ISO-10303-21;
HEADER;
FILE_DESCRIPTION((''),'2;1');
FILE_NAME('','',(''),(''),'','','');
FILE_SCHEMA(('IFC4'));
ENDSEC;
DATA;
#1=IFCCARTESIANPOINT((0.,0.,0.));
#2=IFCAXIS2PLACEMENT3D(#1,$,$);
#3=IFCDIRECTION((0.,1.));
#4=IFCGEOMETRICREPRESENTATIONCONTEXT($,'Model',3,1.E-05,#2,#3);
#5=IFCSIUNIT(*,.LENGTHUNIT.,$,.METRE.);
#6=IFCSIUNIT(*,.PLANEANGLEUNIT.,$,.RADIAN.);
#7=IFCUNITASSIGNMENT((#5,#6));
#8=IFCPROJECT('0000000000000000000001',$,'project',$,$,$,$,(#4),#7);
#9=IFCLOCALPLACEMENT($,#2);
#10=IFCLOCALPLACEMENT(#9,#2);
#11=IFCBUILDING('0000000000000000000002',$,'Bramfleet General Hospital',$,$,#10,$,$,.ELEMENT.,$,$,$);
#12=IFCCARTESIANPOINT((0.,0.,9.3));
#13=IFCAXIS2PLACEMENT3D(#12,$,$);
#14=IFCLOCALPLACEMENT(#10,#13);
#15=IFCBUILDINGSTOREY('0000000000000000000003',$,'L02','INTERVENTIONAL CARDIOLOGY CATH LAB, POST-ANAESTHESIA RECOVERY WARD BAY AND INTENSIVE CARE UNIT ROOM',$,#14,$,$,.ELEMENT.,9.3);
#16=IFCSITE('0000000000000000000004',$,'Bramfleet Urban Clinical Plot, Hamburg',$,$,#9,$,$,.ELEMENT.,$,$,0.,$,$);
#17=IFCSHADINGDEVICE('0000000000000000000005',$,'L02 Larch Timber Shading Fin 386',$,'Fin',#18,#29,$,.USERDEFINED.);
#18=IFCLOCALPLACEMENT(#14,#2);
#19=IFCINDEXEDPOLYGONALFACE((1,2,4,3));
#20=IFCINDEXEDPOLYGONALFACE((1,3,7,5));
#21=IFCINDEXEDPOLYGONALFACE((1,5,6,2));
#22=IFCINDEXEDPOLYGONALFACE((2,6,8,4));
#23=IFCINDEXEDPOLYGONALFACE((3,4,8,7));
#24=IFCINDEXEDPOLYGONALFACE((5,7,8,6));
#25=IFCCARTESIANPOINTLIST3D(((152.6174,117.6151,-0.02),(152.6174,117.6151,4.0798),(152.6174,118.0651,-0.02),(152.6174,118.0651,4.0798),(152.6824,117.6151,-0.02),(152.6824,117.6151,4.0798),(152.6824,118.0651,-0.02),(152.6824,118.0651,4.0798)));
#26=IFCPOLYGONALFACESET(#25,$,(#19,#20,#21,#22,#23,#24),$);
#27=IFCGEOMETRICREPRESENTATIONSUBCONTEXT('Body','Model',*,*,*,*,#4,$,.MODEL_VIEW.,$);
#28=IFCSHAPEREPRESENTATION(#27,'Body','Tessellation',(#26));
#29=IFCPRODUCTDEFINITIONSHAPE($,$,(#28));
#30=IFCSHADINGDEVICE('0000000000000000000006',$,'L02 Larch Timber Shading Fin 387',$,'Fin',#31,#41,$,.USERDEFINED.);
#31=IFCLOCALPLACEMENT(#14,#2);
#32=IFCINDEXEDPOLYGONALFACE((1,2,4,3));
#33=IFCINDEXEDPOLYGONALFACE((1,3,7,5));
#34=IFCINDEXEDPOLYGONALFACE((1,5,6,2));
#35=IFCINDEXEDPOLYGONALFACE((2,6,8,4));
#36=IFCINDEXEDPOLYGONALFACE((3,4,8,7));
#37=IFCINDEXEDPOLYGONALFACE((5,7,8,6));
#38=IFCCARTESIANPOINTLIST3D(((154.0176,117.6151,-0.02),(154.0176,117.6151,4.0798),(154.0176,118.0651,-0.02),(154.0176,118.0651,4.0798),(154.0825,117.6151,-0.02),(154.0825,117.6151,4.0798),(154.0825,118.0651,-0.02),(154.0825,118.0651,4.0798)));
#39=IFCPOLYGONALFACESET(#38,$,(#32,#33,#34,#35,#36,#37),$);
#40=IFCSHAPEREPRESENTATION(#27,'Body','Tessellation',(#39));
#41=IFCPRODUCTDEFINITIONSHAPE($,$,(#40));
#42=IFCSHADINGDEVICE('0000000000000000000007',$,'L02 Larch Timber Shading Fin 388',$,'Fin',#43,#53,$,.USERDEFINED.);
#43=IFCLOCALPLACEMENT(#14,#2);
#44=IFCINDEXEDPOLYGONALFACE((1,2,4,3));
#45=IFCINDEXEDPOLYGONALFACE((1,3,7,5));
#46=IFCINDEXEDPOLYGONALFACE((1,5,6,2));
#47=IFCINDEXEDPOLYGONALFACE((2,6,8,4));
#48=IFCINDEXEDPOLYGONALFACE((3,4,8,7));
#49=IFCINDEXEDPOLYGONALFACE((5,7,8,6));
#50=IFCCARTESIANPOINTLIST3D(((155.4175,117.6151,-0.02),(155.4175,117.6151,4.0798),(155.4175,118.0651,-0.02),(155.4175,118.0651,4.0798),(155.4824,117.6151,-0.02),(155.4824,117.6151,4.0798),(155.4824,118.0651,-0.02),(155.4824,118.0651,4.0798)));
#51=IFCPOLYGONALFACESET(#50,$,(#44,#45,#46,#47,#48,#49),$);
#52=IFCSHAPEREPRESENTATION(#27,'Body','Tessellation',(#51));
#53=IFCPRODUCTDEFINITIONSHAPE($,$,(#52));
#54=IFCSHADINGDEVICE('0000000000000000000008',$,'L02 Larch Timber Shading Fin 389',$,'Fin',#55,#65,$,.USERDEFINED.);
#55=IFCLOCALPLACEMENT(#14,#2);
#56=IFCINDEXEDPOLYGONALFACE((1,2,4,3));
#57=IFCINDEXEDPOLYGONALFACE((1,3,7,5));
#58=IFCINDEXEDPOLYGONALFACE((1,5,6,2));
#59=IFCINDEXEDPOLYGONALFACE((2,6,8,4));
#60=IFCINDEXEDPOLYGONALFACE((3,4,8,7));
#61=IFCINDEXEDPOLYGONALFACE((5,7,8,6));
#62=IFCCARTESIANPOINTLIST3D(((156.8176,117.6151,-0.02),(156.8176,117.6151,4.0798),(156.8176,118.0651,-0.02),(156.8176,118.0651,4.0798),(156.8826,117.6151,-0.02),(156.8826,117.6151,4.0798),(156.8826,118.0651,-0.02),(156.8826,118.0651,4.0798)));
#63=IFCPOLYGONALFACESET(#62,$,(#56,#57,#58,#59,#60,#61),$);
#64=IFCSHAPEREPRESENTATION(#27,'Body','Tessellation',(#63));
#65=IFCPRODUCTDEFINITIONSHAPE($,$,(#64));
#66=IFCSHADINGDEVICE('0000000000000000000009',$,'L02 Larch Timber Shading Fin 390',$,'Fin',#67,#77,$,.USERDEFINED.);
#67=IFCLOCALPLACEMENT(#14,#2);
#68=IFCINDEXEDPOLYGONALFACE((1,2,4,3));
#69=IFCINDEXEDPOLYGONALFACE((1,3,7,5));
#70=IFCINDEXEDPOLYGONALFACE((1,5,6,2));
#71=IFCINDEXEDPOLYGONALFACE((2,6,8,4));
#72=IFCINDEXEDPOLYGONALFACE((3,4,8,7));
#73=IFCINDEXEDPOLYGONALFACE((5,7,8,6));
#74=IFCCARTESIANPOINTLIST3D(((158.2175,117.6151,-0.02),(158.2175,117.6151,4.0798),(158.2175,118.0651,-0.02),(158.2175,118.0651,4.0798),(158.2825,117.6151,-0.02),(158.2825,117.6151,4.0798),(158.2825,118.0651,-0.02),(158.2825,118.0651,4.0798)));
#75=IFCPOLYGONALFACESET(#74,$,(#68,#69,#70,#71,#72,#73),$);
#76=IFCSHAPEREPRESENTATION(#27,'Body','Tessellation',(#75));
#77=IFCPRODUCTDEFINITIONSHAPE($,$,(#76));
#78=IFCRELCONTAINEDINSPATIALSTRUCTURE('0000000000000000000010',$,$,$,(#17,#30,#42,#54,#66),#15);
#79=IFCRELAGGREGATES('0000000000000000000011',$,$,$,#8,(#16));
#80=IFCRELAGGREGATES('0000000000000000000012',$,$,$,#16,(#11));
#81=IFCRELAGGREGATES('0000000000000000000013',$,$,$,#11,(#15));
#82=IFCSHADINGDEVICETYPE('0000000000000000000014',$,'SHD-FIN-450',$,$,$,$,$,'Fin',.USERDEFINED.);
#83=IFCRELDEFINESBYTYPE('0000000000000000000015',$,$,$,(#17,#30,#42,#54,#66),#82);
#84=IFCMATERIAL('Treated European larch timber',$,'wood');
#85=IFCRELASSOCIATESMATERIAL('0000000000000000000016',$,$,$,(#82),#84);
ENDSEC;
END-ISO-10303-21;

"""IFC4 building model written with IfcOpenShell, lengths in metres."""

from ifc_helpers import new_model, si_unit, direction, frame, origin, origin_2d, place, context, subcontext, project, spatial, rectangle, extrude, material, material_profile, profile_set, type_object, element, save


model = new_model("IFC4")

# Units and contexts
model_context = context("Model", 3, precision=1e-05, world=origin(), true_north=direction((0.0, 1.0)))
body_context = subcontext(model_context, "Body", "Model", "MODEL_VIEW")
ifc_project = project(units=[si_unit("LENGTHUNIT", "METRE"), si_unit("PLANEANGLEUNIT", "RADIAN")], contexts=[model_context])

# Site, building, storey
site_placement = place(None, origin())
site = spatial("IfcSite", under=ifc_project, at=site_placement, Name="Bramfleet Urban Clinical Plot, Hamburg", CompositionType="ELEMENT", RefElevation=0.0)
building_placement = place(site_placement, origin())
building = spatial("IfcBuilding", under=site, at=building_placement, Name="Bramfleet General Hospital", CompositionType="ELEMENT")
storey_placement = place(building_placement, frame((0.0, 0.0, 9.3)))
storey = spatial("IfcBuildingStorey", under=building, at=storey_placement, Name="L02", Description="INTERVENTIONAL CARDIOLOGY CATH LAB, POST-ANAESTHESIA RECOVERY WARD BAY AND INTENSIVE CARE UNIT ROOM", CompositionType="ELEMENT", Elevation=9.3)

# Shading devices
ifc_material_1 = material(Name="Treated European larch timber", Category="wood")
ifc_material_profile_1 = material_profile(ifc_material_1, rectangle(XDim=0.0649, YDim=0.45, at=origin_2d()), Name="LARCH FIN 450x65")
ifc_profile_set_1 = profile_set([ifc_material_profile_1], Name="Treated European larch timber")
shading_device_type = type_object("IfcShadingDeviceType", Name="SHD-FIN-450", ElementType="Fin", PredefinedType="USERDEFINED", material=ifc_profile_set_1)
for number, where, z_axis, x_axis, name in (
    (1, (152.6499, 117.8401, -0.02), (0.0, 0.0, 1.0), (1.0, 0.0, 0.0), "L02 Larch Timber Shading Fin 386"),
    (2, (154.05, 117.8401, -0.02), (0.0, 0.0, 1.0), (1.0, 0.0, 0.0), "L02 Larch Timber Shading Fin 387"),
    (3, (155.45, 117.8401, -0.02), (0.0, 0.0, 1.0), (1.0, 0.0, 0.0), "L02 Larch Timber Shading Fin 388"),
    (4, (156.8501, 117.8401, -0.02), (0.0, 0.0, 1.0), (1.0, 0.0, 0.0), "L02 Larch Timber Shading Fin 389"),
    (5, (158.25, 117.8401, -0.02), (0.0, 0.0, 1.0), (1.0, 0.0, 0.0), "L02 Larch Timber Shading Fin 390"),
):
    element("IfcShadingDevice", number, at=place(storey_placement, frame(where, z_axis=z_axis, x_axis=x_axis)), inside=storey, type_object=shading_device_type, Name=name, ObjectType="Fin", PredefinedType="USERDEFINED", context=body_context, shape_type="SweptSolid", body=[
        extrude(rectangle(XDim=0.0649, YDim=0.45, at=origin_2d()), origin(), (0.0, 0.0, 1.0), 4.0999),
    ])

save(model, "model.ifc")
